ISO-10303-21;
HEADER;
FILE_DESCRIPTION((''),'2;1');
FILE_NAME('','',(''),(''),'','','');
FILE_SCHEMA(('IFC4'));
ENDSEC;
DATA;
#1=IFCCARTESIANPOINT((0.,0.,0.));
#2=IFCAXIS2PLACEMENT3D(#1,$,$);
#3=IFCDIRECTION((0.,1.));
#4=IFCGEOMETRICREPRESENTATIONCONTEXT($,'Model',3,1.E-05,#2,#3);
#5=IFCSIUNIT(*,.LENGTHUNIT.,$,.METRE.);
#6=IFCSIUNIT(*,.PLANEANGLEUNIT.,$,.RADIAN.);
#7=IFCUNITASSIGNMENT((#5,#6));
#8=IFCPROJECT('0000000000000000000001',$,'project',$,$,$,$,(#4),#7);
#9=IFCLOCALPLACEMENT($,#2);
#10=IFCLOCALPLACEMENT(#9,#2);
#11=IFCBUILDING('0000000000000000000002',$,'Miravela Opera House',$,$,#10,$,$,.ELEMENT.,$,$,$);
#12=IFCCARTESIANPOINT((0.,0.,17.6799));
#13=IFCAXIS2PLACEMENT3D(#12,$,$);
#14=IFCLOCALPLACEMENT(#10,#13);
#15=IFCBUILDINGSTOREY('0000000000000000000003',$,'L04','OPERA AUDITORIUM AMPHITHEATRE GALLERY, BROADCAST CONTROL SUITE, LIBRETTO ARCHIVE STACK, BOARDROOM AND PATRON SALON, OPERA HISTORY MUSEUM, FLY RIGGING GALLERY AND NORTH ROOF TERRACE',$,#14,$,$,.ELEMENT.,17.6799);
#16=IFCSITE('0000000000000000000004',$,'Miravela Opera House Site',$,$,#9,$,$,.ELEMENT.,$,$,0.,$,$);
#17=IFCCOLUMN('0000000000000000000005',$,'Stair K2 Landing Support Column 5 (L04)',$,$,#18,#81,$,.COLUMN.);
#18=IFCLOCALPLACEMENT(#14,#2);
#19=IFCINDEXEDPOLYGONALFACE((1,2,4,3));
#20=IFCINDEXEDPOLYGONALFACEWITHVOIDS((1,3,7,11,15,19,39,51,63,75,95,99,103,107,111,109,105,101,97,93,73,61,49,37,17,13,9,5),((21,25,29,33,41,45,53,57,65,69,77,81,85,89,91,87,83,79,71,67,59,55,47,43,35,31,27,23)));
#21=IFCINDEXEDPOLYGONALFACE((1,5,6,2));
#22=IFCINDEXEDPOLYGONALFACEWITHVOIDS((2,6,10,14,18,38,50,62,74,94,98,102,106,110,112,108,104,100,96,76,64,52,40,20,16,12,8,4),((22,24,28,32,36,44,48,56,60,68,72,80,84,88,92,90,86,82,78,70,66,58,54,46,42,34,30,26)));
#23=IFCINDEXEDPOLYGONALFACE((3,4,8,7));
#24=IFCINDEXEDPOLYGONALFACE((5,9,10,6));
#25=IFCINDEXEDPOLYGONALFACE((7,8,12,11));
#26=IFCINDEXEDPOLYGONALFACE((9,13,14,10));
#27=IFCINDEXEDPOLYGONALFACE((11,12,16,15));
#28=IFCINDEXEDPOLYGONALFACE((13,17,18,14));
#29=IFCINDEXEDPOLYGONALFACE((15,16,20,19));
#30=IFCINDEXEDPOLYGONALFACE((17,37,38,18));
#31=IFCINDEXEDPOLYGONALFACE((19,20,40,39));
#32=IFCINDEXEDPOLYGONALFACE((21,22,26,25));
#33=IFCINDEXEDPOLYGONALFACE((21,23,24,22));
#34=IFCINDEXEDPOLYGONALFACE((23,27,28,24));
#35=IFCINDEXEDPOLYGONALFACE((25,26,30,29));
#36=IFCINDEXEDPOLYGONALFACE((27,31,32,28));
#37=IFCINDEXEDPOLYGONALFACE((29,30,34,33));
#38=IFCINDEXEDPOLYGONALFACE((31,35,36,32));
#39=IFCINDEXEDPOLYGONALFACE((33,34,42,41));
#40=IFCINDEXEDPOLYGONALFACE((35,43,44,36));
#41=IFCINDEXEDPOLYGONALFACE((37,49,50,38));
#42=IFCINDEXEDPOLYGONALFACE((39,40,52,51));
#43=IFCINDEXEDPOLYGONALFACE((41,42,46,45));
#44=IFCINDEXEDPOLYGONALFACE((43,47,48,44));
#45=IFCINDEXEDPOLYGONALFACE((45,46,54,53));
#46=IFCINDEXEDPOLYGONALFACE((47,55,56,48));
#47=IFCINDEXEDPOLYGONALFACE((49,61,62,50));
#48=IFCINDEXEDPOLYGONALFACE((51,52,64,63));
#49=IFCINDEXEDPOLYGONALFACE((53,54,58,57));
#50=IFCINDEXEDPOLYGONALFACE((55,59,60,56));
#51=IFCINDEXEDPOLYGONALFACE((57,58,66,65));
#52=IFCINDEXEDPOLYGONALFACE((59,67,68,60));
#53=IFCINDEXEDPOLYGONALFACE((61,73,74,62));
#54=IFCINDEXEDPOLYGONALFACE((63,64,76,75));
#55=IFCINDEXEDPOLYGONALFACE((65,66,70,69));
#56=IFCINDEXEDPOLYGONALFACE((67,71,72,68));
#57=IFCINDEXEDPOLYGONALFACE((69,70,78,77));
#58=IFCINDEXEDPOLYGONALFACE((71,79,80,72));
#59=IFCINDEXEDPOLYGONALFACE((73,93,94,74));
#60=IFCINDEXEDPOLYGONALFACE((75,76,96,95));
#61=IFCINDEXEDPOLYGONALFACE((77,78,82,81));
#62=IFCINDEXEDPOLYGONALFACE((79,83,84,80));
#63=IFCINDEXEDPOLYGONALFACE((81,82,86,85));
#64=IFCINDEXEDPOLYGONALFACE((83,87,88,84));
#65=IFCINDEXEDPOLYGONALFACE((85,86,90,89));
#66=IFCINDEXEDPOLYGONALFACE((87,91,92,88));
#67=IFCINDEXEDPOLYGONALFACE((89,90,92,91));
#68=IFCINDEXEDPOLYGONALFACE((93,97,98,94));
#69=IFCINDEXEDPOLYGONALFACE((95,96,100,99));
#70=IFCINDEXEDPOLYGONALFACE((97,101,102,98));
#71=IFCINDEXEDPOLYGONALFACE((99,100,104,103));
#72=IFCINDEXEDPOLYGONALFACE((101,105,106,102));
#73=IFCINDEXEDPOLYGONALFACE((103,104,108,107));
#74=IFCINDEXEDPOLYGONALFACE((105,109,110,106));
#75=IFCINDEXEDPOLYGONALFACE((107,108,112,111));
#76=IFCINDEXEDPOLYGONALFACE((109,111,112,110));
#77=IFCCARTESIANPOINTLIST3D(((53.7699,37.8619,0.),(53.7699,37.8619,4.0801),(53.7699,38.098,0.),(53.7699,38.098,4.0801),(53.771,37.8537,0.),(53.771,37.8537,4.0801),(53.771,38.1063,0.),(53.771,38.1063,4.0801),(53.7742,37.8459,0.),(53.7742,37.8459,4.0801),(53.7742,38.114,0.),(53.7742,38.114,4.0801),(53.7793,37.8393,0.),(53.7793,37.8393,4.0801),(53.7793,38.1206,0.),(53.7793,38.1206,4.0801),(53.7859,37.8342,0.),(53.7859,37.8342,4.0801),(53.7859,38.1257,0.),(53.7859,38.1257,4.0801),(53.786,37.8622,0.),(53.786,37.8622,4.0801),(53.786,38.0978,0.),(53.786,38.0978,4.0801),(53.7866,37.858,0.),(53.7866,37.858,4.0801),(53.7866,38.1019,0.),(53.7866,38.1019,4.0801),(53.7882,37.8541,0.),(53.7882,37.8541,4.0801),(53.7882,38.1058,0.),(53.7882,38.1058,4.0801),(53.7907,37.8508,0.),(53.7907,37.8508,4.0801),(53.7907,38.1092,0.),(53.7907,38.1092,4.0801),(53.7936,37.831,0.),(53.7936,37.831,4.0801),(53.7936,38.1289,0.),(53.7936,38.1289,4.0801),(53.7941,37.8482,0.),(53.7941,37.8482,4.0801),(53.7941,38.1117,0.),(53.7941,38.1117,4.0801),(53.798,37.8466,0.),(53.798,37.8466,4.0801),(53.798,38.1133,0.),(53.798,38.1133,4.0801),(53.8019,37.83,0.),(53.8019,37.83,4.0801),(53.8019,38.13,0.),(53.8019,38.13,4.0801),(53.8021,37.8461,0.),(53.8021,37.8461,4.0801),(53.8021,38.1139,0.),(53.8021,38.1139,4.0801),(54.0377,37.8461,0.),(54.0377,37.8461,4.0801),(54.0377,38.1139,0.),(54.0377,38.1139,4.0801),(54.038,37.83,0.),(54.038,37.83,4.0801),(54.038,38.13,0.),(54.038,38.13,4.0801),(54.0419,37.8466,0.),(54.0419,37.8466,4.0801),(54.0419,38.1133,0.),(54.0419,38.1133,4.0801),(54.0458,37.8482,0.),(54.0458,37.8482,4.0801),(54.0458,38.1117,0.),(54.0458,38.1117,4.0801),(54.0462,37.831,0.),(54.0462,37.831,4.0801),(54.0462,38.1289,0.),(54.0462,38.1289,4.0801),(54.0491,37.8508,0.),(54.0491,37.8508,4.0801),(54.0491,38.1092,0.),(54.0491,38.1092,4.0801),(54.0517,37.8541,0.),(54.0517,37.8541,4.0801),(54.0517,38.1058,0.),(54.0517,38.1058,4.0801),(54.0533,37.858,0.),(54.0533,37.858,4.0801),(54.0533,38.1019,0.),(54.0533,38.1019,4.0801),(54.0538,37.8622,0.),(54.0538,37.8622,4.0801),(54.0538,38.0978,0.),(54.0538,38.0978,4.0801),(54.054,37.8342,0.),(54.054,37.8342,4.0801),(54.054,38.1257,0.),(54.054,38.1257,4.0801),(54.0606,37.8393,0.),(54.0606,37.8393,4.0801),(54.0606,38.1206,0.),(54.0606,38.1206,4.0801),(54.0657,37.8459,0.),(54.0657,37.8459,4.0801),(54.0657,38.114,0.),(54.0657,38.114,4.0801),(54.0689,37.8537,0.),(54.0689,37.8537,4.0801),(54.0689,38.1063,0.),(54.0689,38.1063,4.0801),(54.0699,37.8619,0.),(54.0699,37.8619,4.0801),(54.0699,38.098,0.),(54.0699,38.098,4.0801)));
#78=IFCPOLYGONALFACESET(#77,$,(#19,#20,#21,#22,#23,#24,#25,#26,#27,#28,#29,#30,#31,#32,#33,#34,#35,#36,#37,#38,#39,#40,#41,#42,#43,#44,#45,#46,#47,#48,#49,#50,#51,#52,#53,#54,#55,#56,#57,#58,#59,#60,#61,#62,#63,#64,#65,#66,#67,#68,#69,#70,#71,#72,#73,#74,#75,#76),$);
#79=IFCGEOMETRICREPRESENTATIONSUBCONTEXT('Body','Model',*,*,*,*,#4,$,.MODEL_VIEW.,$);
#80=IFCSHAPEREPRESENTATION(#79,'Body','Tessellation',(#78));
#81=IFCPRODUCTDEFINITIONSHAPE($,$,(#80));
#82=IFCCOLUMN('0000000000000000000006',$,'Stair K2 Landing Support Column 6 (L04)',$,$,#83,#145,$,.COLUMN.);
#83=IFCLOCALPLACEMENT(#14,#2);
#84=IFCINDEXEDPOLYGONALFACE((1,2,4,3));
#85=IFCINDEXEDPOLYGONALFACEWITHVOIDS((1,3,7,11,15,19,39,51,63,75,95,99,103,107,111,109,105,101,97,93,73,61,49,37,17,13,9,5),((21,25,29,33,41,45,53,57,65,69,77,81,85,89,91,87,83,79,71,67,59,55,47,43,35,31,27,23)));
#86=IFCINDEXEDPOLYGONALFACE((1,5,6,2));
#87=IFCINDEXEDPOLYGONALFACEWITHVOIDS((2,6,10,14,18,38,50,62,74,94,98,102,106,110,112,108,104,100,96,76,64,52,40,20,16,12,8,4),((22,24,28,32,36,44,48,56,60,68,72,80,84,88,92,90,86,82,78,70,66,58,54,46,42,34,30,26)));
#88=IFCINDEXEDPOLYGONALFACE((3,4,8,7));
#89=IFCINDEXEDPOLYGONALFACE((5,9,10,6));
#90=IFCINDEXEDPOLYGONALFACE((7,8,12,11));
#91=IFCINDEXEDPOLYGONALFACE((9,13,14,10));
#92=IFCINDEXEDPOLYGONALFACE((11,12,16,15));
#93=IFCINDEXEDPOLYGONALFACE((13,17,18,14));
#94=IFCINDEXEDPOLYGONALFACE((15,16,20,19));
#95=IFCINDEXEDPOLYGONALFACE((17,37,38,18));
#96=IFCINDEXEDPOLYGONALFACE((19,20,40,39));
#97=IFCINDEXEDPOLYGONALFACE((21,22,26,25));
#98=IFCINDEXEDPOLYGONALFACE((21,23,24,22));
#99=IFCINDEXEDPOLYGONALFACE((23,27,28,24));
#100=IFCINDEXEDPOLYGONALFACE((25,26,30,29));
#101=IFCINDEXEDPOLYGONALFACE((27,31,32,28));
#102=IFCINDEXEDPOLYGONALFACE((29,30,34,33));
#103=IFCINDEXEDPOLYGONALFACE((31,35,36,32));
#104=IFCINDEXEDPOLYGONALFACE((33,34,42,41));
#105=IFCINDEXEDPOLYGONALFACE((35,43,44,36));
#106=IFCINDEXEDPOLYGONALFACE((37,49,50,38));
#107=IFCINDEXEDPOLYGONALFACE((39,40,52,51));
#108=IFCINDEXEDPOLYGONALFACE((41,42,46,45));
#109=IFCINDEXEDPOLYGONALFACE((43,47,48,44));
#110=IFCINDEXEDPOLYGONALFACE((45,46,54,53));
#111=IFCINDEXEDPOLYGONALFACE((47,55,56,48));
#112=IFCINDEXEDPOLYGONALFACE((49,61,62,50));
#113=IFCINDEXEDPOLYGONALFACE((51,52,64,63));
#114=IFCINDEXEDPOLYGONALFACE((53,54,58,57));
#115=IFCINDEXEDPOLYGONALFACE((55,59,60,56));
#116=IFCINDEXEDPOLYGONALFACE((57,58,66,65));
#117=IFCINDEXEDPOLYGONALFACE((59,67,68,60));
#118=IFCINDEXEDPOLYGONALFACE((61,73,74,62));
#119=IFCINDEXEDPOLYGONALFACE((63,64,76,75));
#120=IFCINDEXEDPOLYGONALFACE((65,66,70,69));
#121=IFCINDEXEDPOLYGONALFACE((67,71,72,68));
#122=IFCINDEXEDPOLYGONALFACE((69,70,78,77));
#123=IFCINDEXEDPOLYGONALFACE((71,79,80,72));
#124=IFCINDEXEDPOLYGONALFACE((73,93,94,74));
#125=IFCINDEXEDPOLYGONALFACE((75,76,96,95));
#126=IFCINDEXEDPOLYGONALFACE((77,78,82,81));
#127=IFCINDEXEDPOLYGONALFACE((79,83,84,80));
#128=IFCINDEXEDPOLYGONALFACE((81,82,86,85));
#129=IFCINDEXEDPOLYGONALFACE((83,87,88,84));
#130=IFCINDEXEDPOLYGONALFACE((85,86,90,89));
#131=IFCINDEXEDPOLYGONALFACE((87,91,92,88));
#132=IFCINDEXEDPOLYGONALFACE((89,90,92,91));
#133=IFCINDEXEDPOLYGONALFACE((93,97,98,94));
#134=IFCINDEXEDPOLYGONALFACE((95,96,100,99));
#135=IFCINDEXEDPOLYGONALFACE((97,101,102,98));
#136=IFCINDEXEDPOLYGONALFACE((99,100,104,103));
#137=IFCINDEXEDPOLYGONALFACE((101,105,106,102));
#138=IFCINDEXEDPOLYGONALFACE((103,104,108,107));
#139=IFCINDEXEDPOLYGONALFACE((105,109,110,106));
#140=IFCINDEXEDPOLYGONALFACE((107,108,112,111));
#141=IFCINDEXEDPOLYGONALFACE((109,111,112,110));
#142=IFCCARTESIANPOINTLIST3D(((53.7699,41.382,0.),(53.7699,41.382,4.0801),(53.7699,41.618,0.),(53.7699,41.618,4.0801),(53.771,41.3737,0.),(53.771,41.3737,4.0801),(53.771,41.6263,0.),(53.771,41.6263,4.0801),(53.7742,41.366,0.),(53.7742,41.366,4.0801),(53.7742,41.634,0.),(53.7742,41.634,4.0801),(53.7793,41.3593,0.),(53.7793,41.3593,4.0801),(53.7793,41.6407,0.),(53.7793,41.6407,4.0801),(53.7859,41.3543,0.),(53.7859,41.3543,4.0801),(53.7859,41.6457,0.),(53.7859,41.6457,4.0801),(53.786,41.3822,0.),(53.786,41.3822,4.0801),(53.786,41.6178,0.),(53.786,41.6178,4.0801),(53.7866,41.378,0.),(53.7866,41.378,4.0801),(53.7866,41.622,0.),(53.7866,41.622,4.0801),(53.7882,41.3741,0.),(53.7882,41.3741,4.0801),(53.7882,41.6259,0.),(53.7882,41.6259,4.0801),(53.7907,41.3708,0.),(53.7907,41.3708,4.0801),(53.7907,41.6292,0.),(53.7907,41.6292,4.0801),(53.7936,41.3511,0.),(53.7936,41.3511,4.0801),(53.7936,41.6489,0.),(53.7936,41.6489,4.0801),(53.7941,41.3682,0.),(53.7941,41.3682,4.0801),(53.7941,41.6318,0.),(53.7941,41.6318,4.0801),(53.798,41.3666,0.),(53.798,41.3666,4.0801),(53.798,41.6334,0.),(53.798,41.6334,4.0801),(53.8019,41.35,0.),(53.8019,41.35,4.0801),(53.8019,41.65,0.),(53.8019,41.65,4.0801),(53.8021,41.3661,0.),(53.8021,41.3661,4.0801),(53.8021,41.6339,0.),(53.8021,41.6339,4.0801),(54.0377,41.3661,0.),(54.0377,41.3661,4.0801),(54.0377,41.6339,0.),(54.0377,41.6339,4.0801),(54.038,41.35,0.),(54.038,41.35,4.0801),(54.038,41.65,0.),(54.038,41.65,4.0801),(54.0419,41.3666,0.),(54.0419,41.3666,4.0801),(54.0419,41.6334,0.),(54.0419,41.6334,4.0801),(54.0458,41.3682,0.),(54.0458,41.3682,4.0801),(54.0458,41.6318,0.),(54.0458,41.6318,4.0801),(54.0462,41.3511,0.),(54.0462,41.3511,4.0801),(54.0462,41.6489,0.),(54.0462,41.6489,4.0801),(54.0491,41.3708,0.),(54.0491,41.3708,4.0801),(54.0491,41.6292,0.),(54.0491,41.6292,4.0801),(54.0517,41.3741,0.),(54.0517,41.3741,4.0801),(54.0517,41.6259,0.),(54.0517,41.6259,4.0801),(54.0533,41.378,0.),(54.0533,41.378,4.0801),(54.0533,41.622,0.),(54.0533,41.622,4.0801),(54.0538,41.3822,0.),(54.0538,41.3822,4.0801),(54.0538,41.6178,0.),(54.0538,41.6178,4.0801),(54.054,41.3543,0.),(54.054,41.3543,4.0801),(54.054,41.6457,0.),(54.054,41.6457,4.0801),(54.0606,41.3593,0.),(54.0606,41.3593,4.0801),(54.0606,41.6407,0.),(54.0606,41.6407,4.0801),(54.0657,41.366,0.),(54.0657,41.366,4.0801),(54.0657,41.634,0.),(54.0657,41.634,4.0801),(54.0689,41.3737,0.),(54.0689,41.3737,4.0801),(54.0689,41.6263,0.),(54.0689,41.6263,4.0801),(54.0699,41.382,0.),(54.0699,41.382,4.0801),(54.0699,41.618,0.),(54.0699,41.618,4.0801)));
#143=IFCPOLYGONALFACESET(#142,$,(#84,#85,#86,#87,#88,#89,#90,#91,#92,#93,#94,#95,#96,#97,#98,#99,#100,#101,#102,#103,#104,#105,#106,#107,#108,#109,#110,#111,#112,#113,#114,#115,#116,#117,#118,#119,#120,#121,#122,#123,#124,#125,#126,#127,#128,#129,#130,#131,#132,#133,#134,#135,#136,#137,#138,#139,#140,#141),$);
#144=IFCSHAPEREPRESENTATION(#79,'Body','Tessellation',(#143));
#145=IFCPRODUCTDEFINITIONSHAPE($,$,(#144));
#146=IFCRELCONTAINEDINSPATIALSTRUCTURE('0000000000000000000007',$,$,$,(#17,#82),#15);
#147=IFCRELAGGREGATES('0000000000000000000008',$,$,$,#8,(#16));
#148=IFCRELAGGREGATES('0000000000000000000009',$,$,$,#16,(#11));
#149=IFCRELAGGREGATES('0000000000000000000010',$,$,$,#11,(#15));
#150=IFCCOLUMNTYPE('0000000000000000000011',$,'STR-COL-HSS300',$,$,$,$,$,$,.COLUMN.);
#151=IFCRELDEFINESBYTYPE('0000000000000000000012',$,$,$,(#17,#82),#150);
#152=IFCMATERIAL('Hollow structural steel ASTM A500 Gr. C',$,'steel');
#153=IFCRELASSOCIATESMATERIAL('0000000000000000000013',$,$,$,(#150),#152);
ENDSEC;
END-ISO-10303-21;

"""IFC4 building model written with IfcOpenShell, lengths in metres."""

from ifc_helpers import new_model, si_unit, direction, frame, origin, origin_2d, place, context, subcontext, project, spatial, hollow_rectangle, extrude, material, material_profile, profile_set, type_object, element, save


model = new_model("IFC4")

# Units and contexts
model_context = context("Model", 3, precision=1e-05, world=origin(), true_north=direction((0.0, 1.0)))
body_context = subcontext(model_context, "Body", "Model", "MODEL_VIEW")
ifc_project = project(units=[si_unit("LENGTHUNIT", "METRE"), si_unit("PLANEANGLEUNIT", "RADIAN")], contexts=[model_context])

# Site, building, storey
site_placement = place(None, origin())
site = spatial("IfcSite", under=ifc_project, at=site_placement, Name="Miravela Opera House Site", CompositionType="ELEMENT", RefElevation=0.0)
building_placement = place(site_placement, origin())
building = spatial("IfcBuilding", under=site, at=building_placement, Name="Miravela Opera House", CompositionType="ELEMENT")
storey_placement = place(building_placement, frame((0.0, 0.0, 17.6799)))
storey = spatial("IfcBuildingStorey", under=building, at=storey_placement, Name="L04", Description="OPERA AUDITORIUM AMPHITHEATRE GALLERY, BROADCAST CONTROL SUITE, LIBRETTO ARCHIVE STACK, BOARDROOM AND PATRON SALON, OPERA HISTORY MUSEUM, FLY RIGGING GALLERY AND NORTH ROOF TERRACE", CompositionType="ELEMENT", Elevation=17.6799)

# Columns
ifc_material_1 = material(Name="Hollow structural steel ASTM A500 Gr. C", Category="steel")
ifc_material_profile_1 = material_profile(ifc_material_1, hollow_rectangle(XDim=0.3, YDim=0.3, WallThickness=0.0161, InnerFilletRadius=0.0161, OuterFilletRadius=0.032, at=origin_2d()), Name="HSS300X300X16")
ifc_profile_set_1 = profile_set([ifc_material_profile_1])
column_type = type_object("IfcColumnType", Name="STR-COL-HSS300", PredefinedType="COLUMN", material=ifc_profile_set_1)
for number, where, z_axis, x_axis, name in (
    (1, (53.9199, 37.98, 0.0), (0.0, 0.0, 1.0), (1.0, 0.0, 0.0), "Stair K2 Landing Support Column 5 (L04)"),
    (2, (53.9199, 41.5, 0.0), (0.0, 0.0, 1.0), (1.0, 0.0, 0.0), "Stair K2 Landing Support Column 6 (L04)"),
):
    element("IfcColumn", number, at=place(storey_placement, frame(where, z_axis=z_axis, x_axis=x_axis)), inside=storey, type_object=column_type, Name=name, PredefinedType="COLUMN", context=body_context, shape_type="SweptSolid", body=[
        extrude(hollow_rectangle(XDim=0.3, YDim=0.3, WallThickness=0.0161, InnerFilletRadius=0.0161, OuterFilletRadius=0.032, at=origin_2d()), origin(), (0.0, 0.0, 1.0), 4.0801),
    ])

save(model, "model.ifc")
